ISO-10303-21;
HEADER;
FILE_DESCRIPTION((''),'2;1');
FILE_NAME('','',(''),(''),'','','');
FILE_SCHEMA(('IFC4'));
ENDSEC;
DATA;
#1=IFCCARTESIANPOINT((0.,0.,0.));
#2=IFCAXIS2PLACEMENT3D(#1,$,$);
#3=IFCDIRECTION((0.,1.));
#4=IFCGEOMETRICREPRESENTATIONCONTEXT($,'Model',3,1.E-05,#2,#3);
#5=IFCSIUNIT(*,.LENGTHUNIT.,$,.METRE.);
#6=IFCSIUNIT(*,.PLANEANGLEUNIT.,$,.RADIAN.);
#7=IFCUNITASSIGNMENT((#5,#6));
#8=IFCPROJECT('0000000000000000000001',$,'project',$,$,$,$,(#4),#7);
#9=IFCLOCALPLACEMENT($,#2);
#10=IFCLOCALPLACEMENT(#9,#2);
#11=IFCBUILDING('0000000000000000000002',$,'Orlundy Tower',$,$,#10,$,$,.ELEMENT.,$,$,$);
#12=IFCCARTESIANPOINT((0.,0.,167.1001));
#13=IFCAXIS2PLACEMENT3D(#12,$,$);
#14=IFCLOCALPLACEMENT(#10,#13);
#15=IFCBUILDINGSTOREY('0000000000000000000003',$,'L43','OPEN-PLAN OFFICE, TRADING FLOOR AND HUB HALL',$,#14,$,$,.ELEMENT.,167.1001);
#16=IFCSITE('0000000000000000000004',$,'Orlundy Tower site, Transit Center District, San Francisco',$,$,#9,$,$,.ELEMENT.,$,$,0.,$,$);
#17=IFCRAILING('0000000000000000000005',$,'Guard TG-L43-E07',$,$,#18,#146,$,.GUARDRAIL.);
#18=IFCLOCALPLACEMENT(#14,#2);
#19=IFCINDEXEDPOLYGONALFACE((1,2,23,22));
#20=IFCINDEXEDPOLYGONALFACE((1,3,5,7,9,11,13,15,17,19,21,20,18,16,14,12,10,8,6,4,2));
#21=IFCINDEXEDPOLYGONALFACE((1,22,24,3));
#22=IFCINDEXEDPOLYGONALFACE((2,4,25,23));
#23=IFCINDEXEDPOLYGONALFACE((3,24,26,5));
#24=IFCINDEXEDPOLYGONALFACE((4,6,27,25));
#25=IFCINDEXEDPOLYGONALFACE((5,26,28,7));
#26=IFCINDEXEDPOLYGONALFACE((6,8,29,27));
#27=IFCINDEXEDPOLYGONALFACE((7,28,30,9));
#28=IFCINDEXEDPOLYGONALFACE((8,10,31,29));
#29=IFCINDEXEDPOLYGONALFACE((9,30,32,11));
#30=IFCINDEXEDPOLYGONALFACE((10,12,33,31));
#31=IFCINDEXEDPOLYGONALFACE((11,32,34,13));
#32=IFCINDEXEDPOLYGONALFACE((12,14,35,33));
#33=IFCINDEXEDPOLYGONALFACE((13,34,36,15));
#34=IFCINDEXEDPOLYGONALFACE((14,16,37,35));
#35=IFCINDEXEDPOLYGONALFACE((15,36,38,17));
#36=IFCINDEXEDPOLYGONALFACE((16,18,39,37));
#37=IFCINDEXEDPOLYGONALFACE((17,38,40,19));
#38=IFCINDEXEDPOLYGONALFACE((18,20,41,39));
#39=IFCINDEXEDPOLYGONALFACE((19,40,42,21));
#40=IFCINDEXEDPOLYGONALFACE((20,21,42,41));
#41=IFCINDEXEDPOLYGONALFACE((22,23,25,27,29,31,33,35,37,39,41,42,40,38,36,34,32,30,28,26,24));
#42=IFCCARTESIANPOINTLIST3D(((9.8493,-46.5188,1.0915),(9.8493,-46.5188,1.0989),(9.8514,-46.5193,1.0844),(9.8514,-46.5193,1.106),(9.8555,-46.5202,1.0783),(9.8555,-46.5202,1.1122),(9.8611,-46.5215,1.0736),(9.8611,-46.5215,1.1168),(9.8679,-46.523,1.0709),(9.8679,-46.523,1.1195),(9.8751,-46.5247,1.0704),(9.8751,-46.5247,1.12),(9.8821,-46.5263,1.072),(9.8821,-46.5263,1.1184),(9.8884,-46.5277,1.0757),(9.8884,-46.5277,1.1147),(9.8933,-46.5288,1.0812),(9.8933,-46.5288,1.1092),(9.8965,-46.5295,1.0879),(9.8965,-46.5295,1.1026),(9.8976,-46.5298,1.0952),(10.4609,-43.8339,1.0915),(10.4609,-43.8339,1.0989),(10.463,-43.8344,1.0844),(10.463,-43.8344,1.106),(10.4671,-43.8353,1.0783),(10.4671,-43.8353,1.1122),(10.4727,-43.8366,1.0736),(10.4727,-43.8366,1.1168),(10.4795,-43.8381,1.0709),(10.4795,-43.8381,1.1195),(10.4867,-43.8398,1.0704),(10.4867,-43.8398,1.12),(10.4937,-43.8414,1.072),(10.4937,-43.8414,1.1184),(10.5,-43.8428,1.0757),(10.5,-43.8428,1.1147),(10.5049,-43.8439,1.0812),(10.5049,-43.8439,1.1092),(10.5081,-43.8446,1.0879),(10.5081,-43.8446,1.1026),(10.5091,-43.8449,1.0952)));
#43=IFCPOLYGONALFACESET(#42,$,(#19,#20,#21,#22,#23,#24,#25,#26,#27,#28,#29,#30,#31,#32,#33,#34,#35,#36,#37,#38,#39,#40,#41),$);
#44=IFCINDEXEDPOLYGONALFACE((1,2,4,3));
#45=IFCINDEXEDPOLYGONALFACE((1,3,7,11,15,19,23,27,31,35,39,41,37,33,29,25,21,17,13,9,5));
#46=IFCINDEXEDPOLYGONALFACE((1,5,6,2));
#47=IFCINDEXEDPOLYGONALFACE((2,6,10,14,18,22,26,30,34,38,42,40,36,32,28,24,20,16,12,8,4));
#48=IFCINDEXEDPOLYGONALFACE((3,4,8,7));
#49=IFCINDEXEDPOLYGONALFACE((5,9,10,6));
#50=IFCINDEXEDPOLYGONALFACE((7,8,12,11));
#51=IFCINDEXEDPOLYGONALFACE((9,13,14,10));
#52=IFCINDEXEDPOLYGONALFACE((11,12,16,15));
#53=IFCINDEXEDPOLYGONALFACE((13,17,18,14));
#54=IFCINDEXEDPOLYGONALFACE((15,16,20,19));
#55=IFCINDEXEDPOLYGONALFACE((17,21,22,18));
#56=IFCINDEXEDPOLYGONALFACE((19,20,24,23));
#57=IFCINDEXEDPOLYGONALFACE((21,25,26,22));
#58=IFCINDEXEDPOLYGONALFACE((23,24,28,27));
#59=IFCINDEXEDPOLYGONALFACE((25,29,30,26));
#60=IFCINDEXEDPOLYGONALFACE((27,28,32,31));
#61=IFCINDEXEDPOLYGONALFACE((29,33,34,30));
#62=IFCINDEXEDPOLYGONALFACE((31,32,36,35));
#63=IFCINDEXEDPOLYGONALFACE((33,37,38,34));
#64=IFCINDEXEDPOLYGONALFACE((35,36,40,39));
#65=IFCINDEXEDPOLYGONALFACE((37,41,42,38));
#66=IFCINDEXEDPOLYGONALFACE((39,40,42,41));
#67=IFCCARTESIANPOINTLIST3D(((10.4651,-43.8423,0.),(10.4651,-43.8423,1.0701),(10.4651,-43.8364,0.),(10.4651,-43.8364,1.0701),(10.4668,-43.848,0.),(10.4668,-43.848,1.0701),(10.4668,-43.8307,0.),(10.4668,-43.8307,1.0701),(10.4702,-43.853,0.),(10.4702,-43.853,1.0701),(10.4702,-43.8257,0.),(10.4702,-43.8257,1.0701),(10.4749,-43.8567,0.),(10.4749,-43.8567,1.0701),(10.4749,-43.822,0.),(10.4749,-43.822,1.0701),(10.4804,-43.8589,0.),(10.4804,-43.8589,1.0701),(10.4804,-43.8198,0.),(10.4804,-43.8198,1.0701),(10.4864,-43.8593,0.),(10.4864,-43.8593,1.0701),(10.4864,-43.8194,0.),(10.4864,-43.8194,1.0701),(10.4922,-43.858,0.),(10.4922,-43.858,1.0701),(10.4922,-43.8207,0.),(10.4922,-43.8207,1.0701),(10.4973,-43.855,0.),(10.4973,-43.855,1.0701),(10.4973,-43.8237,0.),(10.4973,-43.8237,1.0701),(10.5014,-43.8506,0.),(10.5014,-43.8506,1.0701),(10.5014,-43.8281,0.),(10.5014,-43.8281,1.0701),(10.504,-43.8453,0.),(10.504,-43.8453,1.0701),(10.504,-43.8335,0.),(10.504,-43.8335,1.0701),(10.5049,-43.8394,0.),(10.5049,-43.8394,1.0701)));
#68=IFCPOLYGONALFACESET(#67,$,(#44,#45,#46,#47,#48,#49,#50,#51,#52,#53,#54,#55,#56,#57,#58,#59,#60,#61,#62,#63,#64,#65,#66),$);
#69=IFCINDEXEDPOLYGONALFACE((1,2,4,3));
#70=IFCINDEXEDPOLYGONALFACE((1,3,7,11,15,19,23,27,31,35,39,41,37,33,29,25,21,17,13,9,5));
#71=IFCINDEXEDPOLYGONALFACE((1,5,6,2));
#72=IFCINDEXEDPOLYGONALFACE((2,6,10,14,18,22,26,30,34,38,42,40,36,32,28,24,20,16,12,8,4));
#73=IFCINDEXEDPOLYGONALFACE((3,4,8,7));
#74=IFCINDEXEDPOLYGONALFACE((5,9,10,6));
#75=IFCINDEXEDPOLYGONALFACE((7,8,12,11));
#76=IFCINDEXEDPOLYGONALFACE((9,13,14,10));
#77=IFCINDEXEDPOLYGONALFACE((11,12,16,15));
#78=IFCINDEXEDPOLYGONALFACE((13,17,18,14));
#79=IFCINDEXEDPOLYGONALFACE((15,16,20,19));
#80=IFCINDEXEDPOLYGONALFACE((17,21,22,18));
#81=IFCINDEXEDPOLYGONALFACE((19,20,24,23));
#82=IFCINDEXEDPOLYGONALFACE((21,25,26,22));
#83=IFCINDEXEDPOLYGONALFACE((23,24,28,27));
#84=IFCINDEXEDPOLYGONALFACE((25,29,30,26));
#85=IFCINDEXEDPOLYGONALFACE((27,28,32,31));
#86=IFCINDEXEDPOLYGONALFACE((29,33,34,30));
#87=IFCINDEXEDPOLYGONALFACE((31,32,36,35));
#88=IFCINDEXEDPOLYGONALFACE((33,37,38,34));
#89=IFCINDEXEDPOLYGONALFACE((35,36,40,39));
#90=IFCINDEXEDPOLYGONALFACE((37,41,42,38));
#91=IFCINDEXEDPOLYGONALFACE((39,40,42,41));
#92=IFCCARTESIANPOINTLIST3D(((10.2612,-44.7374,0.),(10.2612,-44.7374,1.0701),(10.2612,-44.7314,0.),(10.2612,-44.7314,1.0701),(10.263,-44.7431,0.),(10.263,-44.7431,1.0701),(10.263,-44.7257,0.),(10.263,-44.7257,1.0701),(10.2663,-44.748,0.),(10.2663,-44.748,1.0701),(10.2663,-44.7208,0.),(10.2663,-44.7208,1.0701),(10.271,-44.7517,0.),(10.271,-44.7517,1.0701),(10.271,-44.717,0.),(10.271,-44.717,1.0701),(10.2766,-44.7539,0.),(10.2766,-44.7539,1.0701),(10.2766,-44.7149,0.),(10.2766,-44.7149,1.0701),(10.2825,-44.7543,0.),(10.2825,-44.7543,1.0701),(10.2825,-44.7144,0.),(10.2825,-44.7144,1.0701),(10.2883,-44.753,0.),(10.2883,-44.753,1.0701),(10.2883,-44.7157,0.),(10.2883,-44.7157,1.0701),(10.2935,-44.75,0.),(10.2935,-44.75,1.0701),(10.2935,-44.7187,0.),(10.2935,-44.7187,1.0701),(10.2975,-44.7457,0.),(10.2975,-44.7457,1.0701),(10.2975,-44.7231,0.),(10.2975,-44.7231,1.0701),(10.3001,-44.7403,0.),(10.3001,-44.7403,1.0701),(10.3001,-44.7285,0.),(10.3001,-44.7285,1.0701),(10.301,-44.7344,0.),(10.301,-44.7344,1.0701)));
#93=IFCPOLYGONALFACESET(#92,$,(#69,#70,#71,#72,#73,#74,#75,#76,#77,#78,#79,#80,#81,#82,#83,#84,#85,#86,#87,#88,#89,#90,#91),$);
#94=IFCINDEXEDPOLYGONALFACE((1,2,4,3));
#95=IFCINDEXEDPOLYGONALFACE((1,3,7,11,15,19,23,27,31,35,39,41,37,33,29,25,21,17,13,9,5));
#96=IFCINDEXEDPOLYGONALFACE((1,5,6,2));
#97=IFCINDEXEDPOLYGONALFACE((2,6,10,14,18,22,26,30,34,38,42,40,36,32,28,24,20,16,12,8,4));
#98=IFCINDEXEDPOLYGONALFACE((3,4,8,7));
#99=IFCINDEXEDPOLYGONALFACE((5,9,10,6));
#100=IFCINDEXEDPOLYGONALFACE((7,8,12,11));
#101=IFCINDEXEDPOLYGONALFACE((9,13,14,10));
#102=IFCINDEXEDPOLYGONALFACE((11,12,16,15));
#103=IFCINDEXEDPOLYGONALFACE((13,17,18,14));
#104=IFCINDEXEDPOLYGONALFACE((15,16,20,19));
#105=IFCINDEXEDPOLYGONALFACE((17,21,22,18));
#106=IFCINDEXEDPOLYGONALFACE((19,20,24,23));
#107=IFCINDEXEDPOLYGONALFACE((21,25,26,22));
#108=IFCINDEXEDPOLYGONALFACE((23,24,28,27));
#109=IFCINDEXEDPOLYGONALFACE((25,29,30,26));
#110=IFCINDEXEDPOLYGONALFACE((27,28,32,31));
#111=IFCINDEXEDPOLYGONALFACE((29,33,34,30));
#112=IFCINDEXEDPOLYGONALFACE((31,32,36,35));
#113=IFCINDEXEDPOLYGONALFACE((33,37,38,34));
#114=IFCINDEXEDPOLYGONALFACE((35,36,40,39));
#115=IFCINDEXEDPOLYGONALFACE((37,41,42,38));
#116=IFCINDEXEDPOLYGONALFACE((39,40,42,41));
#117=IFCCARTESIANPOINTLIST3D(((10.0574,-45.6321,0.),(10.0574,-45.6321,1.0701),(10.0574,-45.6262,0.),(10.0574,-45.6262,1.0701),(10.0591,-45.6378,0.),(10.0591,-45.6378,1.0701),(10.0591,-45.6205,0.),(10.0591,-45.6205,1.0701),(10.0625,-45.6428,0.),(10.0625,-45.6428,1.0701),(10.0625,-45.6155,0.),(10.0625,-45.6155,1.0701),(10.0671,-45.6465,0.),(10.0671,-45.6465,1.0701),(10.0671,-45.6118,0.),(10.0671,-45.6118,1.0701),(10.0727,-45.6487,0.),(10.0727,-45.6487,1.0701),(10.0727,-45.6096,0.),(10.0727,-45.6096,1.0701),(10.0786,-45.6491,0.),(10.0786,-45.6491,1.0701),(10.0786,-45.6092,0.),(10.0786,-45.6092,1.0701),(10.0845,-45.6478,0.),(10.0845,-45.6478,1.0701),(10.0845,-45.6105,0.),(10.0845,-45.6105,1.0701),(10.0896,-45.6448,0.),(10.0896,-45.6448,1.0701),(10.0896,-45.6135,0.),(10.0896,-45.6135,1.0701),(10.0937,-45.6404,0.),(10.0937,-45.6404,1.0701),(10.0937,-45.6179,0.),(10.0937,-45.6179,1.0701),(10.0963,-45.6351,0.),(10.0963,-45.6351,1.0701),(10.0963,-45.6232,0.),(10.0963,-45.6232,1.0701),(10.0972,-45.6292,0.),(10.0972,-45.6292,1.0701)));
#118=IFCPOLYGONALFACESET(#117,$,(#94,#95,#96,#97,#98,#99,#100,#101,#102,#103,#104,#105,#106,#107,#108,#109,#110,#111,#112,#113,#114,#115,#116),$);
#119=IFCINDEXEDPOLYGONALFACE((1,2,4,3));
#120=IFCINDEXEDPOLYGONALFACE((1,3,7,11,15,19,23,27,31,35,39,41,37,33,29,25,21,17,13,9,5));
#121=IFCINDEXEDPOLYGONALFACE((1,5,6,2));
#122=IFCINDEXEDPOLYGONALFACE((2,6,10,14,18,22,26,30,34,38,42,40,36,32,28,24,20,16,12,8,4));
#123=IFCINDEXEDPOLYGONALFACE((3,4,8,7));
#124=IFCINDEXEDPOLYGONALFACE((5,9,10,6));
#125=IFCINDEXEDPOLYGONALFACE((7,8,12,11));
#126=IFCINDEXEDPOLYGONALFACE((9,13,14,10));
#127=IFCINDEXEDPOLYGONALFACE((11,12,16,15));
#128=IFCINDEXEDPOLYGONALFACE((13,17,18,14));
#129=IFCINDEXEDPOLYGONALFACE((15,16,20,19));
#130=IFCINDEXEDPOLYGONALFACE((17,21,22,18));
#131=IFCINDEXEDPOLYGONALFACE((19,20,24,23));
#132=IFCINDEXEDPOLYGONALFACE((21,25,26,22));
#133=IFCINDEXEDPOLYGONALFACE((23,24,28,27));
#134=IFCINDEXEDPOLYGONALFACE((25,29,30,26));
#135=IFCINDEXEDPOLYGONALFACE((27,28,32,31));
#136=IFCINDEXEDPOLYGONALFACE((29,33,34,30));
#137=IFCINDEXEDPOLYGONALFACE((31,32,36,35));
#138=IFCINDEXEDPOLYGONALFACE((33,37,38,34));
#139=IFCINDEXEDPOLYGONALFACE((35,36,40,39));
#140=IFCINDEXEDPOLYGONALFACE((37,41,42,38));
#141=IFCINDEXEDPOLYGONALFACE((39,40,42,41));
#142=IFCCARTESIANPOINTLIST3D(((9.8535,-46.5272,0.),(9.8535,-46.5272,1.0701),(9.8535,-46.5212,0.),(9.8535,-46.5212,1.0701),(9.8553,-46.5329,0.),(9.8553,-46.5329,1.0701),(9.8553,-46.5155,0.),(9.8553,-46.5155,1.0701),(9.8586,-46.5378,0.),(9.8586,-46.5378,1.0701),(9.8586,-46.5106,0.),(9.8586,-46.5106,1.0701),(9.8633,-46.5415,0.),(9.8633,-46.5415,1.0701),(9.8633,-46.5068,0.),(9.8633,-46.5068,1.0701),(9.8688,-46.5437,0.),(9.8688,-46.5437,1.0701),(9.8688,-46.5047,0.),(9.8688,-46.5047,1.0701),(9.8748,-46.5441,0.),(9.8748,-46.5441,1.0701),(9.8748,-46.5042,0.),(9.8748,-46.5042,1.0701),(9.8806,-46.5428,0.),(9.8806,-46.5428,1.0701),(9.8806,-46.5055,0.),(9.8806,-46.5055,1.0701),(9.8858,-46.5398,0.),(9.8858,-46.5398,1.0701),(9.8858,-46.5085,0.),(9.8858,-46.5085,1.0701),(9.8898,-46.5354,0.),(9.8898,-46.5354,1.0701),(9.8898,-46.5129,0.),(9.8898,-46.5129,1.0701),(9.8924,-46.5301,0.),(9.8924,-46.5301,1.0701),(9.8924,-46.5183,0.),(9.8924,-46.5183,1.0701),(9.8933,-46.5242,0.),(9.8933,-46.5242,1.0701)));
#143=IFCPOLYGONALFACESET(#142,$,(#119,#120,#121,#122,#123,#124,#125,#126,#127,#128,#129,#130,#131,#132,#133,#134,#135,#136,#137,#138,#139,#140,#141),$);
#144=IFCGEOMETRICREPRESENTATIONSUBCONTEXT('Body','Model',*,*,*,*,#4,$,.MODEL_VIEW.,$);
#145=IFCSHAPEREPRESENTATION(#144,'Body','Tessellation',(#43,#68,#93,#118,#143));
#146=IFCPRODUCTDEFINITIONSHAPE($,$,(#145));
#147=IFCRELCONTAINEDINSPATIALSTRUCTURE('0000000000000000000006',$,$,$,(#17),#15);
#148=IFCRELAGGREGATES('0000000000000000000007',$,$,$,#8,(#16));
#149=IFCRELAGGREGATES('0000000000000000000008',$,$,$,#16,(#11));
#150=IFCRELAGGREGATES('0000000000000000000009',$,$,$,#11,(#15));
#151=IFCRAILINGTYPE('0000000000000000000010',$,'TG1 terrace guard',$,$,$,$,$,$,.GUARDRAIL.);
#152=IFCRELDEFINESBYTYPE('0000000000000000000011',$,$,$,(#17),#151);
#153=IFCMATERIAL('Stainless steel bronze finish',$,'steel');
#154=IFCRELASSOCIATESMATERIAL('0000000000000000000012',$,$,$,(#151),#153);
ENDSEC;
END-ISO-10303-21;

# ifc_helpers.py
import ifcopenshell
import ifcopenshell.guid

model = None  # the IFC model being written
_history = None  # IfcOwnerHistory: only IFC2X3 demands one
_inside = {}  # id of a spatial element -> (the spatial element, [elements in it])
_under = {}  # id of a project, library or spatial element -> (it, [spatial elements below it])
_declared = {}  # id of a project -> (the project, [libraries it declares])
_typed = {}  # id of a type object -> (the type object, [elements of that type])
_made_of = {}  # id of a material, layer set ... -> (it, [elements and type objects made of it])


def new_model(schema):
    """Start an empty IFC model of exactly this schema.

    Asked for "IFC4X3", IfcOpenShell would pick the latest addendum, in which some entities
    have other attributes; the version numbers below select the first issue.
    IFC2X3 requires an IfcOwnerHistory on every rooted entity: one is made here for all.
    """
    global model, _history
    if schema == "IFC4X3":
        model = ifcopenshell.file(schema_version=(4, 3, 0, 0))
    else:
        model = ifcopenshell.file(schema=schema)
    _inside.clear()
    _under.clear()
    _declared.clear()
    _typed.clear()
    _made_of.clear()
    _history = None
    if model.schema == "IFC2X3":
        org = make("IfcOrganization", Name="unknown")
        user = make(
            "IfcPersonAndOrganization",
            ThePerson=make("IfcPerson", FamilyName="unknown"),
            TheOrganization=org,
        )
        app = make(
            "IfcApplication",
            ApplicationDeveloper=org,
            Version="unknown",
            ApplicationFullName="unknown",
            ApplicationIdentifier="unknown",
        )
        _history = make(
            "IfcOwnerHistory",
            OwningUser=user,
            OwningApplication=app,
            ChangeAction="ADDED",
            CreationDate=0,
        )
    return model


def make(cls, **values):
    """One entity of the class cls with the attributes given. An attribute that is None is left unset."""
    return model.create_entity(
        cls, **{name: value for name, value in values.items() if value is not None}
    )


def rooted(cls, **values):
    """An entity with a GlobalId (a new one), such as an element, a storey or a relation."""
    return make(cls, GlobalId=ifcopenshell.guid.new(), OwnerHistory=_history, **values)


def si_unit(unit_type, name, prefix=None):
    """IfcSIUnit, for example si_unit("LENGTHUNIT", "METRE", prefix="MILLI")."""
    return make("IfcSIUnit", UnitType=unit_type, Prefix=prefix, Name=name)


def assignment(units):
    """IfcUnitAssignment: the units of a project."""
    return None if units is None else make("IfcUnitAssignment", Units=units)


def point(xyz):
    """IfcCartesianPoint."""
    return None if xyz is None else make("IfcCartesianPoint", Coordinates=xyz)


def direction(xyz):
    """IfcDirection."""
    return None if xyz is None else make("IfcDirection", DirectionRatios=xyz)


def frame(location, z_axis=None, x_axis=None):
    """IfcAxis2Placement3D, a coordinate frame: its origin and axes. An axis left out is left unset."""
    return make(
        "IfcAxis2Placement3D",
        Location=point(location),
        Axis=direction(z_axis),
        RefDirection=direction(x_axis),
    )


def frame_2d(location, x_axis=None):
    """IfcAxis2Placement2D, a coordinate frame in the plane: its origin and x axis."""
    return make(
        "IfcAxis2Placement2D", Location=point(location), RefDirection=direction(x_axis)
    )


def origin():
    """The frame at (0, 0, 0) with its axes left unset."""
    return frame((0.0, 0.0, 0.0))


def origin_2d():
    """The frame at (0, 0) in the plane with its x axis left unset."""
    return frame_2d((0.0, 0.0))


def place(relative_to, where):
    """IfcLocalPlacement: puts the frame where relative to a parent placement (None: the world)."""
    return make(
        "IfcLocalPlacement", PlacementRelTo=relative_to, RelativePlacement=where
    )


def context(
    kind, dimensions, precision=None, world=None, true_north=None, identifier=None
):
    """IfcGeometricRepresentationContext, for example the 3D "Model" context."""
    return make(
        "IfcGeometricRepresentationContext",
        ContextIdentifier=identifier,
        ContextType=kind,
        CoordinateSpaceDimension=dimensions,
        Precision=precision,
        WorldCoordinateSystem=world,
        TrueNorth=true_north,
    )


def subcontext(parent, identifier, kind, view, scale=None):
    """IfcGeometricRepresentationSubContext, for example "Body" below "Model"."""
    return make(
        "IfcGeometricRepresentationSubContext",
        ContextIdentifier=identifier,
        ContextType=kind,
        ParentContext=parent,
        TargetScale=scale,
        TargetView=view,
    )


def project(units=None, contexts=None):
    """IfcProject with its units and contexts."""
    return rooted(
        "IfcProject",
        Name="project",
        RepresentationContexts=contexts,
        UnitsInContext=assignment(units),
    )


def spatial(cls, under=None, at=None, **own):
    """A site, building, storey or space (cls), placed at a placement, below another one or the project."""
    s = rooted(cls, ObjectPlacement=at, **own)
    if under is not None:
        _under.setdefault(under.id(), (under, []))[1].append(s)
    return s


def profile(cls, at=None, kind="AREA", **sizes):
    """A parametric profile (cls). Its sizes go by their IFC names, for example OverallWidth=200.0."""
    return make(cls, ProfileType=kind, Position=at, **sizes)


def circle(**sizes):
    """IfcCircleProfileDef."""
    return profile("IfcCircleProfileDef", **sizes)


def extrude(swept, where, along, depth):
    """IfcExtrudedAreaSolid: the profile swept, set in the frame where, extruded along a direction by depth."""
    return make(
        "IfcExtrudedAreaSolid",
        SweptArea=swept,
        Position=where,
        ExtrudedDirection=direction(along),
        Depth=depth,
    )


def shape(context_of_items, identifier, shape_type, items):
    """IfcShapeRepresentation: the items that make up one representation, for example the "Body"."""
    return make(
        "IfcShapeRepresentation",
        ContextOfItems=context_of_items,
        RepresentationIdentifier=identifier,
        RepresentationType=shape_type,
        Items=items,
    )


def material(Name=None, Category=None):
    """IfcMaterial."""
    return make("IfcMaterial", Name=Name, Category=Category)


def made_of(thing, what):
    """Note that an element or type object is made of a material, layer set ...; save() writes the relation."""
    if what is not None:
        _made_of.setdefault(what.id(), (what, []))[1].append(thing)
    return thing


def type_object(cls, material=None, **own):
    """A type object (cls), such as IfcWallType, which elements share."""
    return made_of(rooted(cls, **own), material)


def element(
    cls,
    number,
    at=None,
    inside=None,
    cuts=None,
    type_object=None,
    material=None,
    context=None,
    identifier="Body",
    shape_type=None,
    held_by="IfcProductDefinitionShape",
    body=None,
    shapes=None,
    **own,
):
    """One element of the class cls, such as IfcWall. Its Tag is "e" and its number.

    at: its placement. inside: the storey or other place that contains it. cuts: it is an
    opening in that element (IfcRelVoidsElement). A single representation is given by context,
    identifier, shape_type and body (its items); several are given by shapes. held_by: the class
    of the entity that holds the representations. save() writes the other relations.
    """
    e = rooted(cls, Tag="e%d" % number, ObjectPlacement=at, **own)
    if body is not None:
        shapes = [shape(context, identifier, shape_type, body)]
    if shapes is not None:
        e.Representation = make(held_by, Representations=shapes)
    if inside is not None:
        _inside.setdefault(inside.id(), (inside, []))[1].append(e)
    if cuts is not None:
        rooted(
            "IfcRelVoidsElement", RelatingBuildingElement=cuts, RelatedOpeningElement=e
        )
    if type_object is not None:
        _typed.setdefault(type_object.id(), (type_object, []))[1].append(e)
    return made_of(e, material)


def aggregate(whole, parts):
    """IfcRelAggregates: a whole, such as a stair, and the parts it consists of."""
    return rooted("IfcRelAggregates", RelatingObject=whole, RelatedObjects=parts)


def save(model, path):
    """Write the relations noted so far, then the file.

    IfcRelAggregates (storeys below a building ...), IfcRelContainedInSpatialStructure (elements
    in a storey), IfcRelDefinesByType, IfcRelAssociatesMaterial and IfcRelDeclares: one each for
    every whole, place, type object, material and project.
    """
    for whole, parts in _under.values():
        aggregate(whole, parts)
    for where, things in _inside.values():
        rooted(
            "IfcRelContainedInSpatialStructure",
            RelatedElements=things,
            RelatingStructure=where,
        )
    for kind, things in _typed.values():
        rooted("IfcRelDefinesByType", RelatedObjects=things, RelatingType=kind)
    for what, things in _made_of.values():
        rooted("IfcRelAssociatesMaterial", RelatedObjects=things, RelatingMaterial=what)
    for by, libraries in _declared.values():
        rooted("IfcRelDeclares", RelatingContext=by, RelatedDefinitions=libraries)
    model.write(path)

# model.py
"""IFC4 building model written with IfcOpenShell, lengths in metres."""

from ifc_helpers import new_model, si_unit, direction, frame, origin, origin_2d, place, context, subcontext, project, spatial, circle, extrude, material, type_object, element, save


model = new_model("IFC4")

# Units and contexts
model_context = context("Model", 3, precision=1e-05, world=origin(), true_north=direction((0.0, 1.0)))
body_context = subcontext(model_context, "Body", "Model", "MODEL_VIEW")
ifc_project = project(units=[si_unit("LENGTHUNIT", "METRE"), si_unit("PLANEANGLEUNIT", "RADIAN")], contexts=[model_context])

# Site, building, storey
site_placement = place(None, origin())
site = spatial("IfcSite", under=ifc_project, at=site_placement, Name="Orlundy Tower site, Transit Center District, San Francisco", CompositionType="ELEMENT", RefElevation=0.0)
building_placement = place(site_placement, origin())
building = spatial("IfcBuilding", under=site, at=building_placement, Name="Orlundy Tower", CompositionType="ELEMENT")
storey_placement = place(building_placement, frame((0.0, 0.0, 167.1001)))
storey = spatial("IfcBuildingStorey", under=building, at=storey_placement, Name="L43", Description="OPEN-PLAN OFFICE, TRADING FLOOR AND HUB HALL", CompositionType="ELEMENT", Elevation=167.1001)

# Railing
ifc_material_1 = material(Name="Stainless steel bronze finish", Category="steel")
railing_type = type_object("IfcRailingType", Name="TG1 terrace guard", PredefinedType="GUARDRAIL", material=ifc_material_1)
railing_1_placement = place(storey_placement, frame((10.4849, -43.8394, 0.0)))
element("IfcRailing", 1, at=railing_1_placement, inside=storey, type_object=railing_type, Name="Guard TG-L43-E07", PredefinedType="GUARDRAIL", context=body_context, shape_type="SweptSolid", body=[
    extrude(circle(Radius=0.0249, at=origin_2d()), frame((0.0, 0.0, 1.0952), z_axis=(-0.2221, -0.975024, 0.0), x_axis=(0.975024, -0.2221, 0.0)), (0.0, 0.0, 1.0), 2.7537),
    extrude(circle(Radius=0.02, at=origin_2d()), origin(), (0.0, 0.0, 1.0), 1.0701),
    extrude(circle(Radius=0.02, at=origin_2d()), frame((-0.2039, -0.895, 0.0)), (0.0, 0.0, 1.0), 1.0701),
    extrude(circle(Radius=0.02, at=origin_2d()), frame((-0.4077, -1.7898, 0.0)), (0.0, 0.0, 1.0), 1.0701),
    extrude(circle(Radius=0.02, at=origin_2d()), frame((-0.6116, -2.6848, 0.0)), (0.0, 0.0, 1.0), 1.0701),
])

save(model, "model.ifc")
